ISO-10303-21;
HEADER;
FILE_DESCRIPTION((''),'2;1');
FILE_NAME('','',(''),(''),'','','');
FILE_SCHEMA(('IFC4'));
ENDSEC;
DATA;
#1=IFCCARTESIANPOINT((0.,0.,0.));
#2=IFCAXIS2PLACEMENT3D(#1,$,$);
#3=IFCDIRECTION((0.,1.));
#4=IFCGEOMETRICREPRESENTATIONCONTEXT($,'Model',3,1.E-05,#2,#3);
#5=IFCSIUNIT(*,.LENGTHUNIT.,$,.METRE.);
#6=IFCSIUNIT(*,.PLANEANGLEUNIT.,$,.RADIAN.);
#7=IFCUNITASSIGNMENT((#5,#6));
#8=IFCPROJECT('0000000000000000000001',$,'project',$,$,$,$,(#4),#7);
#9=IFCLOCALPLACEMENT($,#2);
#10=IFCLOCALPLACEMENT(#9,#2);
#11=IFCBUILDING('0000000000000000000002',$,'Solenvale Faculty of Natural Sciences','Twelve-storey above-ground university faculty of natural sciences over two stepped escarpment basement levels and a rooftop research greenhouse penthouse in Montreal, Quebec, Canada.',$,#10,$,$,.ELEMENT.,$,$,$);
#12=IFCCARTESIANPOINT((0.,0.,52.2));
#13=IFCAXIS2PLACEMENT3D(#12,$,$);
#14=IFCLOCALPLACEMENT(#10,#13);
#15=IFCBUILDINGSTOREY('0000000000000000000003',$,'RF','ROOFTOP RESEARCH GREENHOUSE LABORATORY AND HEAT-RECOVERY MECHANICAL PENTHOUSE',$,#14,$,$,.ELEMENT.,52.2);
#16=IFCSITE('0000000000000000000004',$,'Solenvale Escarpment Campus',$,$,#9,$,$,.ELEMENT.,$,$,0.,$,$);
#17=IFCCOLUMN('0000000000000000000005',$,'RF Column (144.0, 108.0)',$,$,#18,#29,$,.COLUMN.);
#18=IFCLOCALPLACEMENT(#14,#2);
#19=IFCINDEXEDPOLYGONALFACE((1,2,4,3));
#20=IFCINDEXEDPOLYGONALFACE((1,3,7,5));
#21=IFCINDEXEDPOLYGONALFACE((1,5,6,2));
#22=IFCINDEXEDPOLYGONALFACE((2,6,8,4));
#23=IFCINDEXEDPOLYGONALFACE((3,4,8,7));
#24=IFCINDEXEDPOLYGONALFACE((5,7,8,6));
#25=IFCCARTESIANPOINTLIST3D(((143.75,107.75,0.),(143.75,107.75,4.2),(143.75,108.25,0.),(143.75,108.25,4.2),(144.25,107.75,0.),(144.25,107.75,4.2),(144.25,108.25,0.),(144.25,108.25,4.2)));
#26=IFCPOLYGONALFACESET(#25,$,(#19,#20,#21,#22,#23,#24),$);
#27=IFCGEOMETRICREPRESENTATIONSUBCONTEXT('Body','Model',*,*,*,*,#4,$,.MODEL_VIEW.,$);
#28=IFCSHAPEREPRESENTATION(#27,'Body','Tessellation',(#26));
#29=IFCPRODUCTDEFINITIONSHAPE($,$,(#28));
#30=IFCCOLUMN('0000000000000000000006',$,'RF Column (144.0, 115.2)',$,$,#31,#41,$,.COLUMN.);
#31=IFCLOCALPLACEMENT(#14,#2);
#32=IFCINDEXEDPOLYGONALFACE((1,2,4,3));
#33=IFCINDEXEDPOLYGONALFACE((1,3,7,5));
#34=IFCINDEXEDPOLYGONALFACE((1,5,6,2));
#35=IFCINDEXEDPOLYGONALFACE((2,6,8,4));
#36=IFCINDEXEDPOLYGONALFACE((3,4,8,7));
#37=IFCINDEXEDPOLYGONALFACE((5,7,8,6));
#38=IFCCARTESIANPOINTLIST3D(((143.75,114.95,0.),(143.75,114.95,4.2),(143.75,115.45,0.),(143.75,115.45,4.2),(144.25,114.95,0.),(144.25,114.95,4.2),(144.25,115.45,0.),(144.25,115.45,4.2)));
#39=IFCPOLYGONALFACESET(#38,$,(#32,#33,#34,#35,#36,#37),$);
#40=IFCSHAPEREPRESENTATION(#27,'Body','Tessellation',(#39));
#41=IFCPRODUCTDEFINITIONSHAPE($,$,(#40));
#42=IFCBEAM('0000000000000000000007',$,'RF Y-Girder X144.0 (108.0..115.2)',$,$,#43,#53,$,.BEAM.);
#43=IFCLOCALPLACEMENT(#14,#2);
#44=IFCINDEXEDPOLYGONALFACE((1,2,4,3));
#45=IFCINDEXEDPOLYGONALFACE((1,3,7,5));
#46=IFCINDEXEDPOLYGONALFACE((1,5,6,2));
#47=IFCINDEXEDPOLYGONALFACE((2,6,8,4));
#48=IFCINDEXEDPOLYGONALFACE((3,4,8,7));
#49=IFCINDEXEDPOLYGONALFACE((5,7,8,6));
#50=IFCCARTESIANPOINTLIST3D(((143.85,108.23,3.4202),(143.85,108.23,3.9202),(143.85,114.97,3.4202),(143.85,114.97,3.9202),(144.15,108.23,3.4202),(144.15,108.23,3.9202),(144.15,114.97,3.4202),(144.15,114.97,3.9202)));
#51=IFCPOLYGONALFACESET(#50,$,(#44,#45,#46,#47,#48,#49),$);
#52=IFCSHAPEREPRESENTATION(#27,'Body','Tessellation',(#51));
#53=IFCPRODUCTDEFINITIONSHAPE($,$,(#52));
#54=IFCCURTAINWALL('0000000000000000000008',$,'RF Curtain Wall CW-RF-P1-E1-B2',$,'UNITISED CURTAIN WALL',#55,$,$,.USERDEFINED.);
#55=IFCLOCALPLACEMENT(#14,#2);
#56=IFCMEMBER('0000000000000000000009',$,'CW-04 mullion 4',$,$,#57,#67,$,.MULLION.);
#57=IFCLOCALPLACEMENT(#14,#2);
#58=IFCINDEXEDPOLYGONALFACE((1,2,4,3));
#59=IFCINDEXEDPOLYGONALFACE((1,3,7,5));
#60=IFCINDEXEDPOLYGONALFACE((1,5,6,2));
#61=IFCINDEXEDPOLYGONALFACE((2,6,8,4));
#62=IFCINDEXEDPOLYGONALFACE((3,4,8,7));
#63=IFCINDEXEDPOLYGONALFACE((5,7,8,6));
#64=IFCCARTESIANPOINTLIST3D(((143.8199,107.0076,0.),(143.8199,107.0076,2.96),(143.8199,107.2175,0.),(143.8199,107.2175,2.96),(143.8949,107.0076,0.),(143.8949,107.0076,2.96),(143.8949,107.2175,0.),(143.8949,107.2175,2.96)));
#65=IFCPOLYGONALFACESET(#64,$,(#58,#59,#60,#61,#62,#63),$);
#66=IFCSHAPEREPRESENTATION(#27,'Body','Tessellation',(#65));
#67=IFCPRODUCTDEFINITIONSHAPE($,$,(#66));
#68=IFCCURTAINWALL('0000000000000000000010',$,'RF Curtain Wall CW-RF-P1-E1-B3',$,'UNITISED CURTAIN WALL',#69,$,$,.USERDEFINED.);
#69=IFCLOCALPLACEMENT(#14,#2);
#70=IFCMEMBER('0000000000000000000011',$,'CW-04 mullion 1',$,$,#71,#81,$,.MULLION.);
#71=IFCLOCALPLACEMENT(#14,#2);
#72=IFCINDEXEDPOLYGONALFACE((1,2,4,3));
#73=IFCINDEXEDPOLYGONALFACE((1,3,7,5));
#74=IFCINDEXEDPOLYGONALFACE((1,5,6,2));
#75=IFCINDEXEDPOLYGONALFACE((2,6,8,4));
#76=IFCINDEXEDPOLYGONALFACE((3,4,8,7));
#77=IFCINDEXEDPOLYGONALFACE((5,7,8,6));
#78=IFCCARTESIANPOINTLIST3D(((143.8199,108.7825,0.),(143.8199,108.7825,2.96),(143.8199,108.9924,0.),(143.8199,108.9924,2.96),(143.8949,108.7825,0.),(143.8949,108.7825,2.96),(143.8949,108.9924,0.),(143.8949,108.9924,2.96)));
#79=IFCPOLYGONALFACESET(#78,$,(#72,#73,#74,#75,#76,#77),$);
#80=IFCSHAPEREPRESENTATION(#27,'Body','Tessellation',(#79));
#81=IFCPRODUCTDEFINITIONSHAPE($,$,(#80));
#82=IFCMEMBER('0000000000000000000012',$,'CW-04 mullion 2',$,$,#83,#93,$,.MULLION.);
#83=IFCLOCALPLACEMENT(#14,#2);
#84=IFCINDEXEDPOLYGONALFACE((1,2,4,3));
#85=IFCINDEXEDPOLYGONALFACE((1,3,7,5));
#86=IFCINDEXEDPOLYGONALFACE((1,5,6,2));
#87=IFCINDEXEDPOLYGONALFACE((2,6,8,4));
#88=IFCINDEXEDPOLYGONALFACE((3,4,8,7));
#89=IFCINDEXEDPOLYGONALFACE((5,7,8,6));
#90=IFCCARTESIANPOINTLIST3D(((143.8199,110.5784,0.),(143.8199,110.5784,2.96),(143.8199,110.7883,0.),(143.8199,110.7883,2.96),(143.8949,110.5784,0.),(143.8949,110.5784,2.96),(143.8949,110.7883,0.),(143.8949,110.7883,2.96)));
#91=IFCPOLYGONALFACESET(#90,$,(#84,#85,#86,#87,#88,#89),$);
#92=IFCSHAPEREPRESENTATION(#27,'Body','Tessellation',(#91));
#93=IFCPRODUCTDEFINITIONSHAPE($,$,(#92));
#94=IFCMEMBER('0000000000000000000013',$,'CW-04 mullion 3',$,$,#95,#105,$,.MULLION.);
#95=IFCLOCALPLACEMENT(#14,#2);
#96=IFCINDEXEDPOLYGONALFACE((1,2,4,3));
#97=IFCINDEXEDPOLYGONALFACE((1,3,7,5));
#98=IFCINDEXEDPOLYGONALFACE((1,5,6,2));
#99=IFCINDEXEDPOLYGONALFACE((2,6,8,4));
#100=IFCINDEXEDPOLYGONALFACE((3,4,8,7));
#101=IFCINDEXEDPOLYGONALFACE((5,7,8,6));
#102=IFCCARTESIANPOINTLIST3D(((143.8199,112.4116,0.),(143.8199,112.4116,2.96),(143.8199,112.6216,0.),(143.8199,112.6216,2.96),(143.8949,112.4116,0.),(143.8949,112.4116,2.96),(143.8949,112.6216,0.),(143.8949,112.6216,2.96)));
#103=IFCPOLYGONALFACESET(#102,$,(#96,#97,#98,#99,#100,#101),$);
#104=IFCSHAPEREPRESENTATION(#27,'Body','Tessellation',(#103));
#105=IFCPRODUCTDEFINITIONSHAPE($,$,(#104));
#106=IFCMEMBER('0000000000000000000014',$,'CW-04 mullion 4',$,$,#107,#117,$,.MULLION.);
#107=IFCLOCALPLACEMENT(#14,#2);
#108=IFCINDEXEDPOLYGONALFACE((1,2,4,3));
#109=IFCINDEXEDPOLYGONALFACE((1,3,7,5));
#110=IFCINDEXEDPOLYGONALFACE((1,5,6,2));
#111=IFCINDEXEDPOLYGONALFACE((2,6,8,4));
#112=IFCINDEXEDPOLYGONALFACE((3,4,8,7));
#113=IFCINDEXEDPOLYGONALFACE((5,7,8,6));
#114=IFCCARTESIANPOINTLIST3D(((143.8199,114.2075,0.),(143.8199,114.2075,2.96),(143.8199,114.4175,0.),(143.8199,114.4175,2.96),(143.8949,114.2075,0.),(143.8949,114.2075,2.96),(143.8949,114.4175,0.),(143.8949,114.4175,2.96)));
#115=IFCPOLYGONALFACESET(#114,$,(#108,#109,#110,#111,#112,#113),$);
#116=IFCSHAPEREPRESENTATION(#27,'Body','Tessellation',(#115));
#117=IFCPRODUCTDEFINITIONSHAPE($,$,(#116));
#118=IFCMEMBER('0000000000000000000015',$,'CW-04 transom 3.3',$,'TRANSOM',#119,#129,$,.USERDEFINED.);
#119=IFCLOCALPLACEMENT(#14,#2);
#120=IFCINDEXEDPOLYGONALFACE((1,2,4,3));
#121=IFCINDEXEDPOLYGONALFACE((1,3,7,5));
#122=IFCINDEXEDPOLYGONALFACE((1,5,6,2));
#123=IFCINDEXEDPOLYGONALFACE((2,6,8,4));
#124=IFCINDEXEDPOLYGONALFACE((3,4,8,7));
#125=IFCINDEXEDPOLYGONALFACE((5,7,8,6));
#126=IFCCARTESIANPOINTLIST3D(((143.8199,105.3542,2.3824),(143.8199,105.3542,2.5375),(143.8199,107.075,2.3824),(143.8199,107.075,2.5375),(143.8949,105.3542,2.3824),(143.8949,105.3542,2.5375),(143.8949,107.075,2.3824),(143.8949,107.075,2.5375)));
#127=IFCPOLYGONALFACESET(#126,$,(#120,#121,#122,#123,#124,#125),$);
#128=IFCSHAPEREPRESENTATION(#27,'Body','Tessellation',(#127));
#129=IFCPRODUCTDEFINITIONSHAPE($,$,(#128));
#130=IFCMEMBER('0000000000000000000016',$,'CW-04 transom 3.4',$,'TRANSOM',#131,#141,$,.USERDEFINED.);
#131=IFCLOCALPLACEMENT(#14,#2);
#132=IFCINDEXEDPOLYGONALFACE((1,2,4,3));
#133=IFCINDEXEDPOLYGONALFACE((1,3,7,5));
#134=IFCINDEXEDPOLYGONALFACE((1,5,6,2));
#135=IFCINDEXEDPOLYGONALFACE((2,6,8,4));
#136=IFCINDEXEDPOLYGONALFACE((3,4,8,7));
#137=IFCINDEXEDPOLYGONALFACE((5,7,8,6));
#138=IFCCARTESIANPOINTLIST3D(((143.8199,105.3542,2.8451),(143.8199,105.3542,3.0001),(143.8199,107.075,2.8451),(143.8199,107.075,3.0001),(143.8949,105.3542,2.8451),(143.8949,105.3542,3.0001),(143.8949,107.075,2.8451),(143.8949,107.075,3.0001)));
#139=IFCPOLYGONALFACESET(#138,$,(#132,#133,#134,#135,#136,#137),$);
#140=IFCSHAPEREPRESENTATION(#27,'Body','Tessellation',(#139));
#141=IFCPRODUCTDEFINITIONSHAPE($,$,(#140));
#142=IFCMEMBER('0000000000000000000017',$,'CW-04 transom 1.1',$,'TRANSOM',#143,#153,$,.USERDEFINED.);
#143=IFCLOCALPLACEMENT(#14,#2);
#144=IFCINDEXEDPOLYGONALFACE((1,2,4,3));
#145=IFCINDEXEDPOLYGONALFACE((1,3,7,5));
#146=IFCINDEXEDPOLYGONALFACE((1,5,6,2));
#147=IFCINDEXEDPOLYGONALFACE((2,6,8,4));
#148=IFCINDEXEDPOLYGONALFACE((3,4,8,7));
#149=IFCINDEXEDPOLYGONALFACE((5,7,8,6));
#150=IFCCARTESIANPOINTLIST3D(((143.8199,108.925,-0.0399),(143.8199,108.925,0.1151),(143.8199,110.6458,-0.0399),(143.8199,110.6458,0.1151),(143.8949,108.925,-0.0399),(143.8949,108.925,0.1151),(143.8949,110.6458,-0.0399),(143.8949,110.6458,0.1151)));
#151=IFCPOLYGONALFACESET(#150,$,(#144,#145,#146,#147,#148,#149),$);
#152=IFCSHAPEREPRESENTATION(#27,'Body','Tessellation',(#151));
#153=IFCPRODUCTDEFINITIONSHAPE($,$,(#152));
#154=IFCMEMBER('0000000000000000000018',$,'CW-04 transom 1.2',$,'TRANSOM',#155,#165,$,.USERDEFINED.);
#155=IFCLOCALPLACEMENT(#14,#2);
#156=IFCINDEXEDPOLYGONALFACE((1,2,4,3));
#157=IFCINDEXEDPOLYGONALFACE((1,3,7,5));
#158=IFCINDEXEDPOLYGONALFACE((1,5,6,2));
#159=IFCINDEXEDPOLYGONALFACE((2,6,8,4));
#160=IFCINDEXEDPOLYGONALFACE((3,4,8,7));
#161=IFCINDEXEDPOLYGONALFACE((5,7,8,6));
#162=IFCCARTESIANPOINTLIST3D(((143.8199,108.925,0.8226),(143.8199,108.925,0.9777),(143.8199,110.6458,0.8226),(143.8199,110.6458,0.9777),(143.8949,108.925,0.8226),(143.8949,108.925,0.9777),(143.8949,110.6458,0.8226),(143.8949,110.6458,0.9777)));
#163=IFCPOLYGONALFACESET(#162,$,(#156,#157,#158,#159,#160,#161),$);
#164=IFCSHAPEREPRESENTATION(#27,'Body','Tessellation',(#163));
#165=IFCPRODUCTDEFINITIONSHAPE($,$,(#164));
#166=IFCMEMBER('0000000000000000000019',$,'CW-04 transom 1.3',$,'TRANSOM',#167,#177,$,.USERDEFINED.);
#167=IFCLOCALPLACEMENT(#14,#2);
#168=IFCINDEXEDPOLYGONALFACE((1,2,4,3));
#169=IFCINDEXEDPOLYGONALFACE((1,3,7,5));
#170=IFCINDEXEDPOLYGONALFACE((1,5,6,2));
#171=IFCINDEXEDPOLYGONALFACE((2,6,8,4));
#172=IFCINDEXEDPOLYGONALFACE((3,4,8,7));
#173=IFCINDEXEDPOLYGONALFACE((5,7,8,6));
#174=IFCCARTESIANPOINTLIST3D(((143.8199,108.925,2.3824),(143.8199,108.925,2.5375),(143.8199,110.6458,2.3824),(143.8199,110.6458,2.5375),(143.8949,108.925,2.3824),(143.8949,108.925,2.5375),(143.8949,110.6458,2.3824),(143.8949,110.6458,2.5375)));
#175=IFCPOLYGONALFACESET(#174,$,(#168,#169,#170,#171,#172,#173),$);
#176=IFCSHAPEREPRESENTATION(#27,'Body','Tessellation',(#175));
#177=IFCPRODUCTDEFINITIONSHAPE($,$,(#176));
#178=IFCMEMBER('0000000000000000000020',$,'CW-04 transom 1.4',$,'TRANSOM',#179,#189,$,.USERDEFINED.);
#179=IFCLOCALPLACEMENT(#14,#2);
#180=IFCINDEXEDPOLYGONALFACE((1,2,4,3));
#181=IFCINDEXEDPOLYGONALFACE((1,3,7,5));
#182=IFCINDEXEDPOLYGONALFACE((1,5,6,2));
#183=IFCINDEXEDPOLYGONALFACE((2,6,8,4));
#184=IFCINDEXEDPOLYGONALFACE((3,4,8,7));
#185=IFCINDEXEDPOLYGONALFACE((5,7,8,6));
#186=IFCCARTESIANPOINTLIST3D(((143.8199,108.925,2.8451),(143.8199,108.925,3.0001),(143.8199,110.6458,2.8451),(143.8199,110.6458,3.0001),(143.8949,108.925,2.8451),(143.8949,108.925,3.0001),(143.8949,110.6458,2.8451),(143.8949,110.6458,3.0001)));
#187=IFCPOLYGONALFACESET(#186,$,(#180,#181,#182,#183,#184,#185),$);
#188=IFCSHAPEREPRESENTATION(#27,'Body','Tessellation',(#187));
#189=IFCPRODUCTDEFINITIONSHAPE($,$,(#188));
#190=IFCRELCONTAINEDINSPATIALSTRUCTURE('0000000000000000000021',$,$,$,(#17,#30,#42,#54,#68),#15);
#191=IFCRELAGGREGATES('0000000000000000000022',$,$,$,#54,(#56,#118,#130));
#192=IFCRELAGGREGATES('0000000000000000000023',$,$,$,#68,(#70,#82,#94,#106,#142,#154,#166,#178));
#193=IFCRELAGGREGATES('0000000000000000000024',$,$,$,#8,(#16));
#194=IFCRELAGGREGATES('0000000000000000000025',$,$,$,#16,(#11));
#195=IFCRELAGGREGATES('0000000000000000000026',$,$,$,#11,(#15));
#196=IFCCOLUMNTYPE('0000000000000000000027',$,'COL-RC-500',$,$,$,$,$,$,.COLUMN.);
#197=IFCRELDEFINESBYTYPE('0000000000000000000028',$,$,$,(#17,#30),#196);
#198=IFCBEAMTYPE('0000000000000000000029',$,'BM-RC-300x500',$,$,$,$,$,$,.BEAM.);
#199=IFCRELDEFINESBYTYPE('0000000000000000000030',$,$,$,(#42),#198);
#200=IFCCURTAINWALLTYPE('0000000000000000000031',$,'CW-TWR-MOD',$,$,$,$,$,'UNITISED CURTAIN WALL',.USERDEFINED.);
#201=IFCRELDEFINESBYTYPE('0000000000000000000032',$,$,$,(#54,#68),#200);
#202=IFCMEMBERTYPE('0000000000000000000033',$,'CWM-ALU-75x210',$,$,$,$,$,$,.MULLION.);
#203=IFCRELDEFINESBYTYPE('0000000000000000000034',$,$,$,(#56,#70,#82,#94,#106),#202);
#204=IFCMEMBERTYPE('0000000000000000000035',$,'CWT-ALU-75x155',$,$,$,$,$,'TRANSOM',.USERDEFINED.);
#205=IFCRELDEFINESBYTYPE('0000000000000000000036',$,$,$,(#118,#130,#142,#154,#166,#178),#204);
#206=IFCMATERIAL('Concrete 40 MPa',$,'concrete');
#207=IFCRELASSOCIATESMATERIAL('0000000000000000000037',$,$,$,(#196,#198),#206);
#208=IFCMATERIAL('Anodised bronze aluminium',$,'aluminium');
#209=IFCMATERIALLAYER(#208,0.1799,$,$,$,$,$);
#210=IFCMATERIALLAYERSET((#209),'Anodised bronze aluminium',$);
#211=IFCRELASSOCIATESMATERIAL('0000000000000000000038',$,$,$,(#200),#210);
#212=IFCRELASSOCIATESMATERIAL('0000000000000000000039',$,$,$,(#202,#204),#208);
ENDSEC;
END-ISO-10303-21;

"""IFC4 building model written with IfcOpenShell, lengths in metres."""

from ifc_helpers import new_model, si_unit, direction, frame, origin, origin_2d, place, context, subcontext, project, spatial, rectangle, extrude, material, layer, layer_set, material_profile, profile_set, type_object, element, aggregate, save


model = new_model("IFC4")

# Units and contexts
model_context = context("Model", 3, precision=1e-05, world=origin(), true_north=direction((0.0, 1.0)))
body_context = subcontext(model_context, "Body", "Model", "MODEL_VIEW")
ifc_project = project(units=[si_unit("LENGTHUNIT", "METRE"), si_unit("PLANEANGLEUNIT", "RADIAN")], contexts=[model_context])

# Site, building, storey
site_placement = place(None, origin())
site = spatial("IfcSite", under=ifc_project, at=site_placement, Name="Solenvale Escarpment Campus", CompositionType="ELEMENT", RefElevation=0.0)
building_placement = place(site_placement, origin())
building = spatial("IfcBuilding", under=site, at=building_placement, Name="Solenvale Faculty of Natural Sciences", Description="Twelve-storey above-ground university faculty of natural sciences over two stepped escarpment basement levels and a rooftop research greenhouse penthouse in Montreal, Quebec, Canada.", CompositionType="ELEMENT")
storey_placement = place(building_placement, frame((0.0, 0.0, 52.2)))
storey = spatial("IfcBuildingStorey", under=building, at=storey_placement, Name="RF", Description="ROOFTOP RESEARCH GREENHOUSE LABORATORY AND HEAT-RECOVERY MECHANICAL PENTHOUSE", CompositionType="ELEMENT", Elevation=52.2)

# Columns
ifc_material_1 = material(Name="Concrete 40 MPa", Category="concrete")
ifc_material_profile_1 = material_profile(ifc_material_1, rectangle(XDim=0.5, YDim=0.5, at=origin_2d()), Name="RC-COL-500x500")
ifc_profile_set_1 = profile_set([ifc_material_profile_1], Name="Concrete 40 MPa")
column_type = type_object("IfcColumnType", Name="COL-RC-500", PredefinedType="COLUMN", material=ifc_profile_set_1)
for number, where, z_axis, x_axis, name in (
    (1, (144.0, 108.0, 0.0), (0.0, 0.0, 1.0), (1.0, 0.0, 0.0), "RF Column (144.0, 108.0)"),
    (2, (144.0, 115.2, 0.0), (0.0, 0.0, 1.0), (1.0, 0.0, 0.0), "RF Column (144.0, 115.2)"),
):
    element("IfcColumn", number, at=place(storey_placement, frame(where, z_axis=z_axis, x_axis=x_axis)), inside=storey, type_object=column_type, Name=name, PredefinedType="COLUMN", context=body_context, shape_type="SweptSolid", body=[
        extrude(rectangle(XDim=0.5, YDim=0.5, at=origin_2d()), origin(), (0.0, 0.0, 1.0), 4.2),
    ])

# Beam
ifc_material_profile_2 = material_profile(ifc_material_1, rectangle(XDim=0.3, YDim=0.5, at=origin_2d()), Name="RC-BM-300x500")
ifc_profile_set_2 = profile_set([ifc_material_profile_2], Name="Concrete 40 MPa")
beam_type = type_object("IfcBeamType", Name="BM-RC-300x500", PredefinedType="BEAM", material=ifc_profile_set_2)
beam_placement = place(storey_placement, frame((144.0, 108.23, 3.6702), z_axis=(0.0, 1.0, 0.0), x_axis=(-1.0, 0.0, 0.0)))
element("IfcBeam", 3, at=beam_placement, inside=storey, type_object=beam_type, Name="RF Y-Girder X144.0 (108.0..115.2)", PredefinedType="BEAM", context=body_context, shape_type="SweptSolid", body=[
    extrude(rectangle(XDim=0.3, YDim=0.5, at=origin_2d()), origin(), (0.0, 0.0, 1.0), 6.74),
])

# Curtain wall, member
ifc_material_2 = material(Name="Anodised bronze aluminium", Category="aluminium")
ifc_layer_1 = layer(ifc_material_2, 0.1799)
ifc_layer_set_1 = layer_set([ifc_layer_1], Name="Anodised bronze aluminium")
curtain_wall_type = type_object("IfcCurtainWallType", Name="CW-TWR-MOD", ElementType="UNITISED CURTAIN WALL", PredefinedType="USERDEFINED", material=ifc_layer_set_1)
curtain_wall_1_placement = place(storey_placement, origin())
curtain_wall_1 = element("IfcCurtainWall", 4, at=curtain_wall_1_placement, inside=storey, type_object=curtain_wall_type, Name="RF Curtain Wall CW-RF-P1-E1-B2", ObjectType="UNITISED CURTAIN WALL", PredefinedType="USERDEFINED")
ifc_material_profile_3 = material_profile(ifc_material_2, rectangle(XDim=0.075, YDim=0.21, at=origin_2d()), Name="ALU-MUL-75x210")
ifc_profile_set_3 = profile_set([ifc_material_profile_3], Name="Anodised bronze aluminium")
member_type_1 = type_object("IfcMemberType", Name="CWM-ALU-75x210", PredefinedType="MULLION", material=ifc_profile_set_3)
member_1_placement = place(storey_placement, frame((143.8574, 107.1125, 0.0), z_axis=(0.0, 0.0, 1.0), x_axis=(-1.0, 0.0, 0.0)))
member_1 = element("IfcMember", 5, at=member_1_placement, type_object=member_type_1, Name="CW-04 mullion 4", PredefinedType="MULLION", context=body_context, shape_type="SweptSolid", body=[
    extrude(rectangle(XDim=0.075, YDim=0.21, at=origin_2d()), origin(), (0.0, 0.0, 1.0), 2.96),
])

# Curtain wall, members
curtain_wall_2_placement = place(storey_placement, origin())
curtain_wall_2 = element("IfcCurtainWall", 6, at=curtain_wall_2_placement, inside=storey, type_object=curtain_wall_type, Name="RF Curtain Wall CW-RF-P1-E1-B3", ObjectType="UNITISED CURTAIN WALL", PredefinedType="USERDEFINED")
member_2_placement = place(storey_placement, frame((143.8574, 108.8875, 0.0), z_axis=(0.0, 0.0, 1.0), x_axis=(-1.0, 0.0, 0.0)))
member_2 = element("IfcMember", 7, at=member_2_placement, type_object=member_type_1, Name="CW-04 mullion 1", PredefinedType="MULLION", context=body_context, shape_type="SweptSolid", body=[
    extrude(rectangle(XDim=0.075, YDim=0.21, at=origin_2d()), origin(), (0.0, 0.0, 1.0), 2.96),
])
member_3_placement = place(storey_placement, frame((143.8574, 110.6833, 0.0), z_axis=(0.0, 0.0, 1.0), x_axis=(-1.0, 0.0, 0.0)))
member_3 = element("IfcMember", 8, at=member_3_placement, type_object=member_type_1, Name="CW-04 mullion 2", PredefinedType="MULLION", context=body_context, shape_type="SweptSolid", body=[
    extrude(rectangle(XDim=0.075, YDim=0.21, at=origin_2d()), origin(), (0.0, 0.0, 1.0), 2.96),
])
member_4_placement = place(storey_placement, frame((143.8574, 112.5166, 0.0), z_axis=(0.0, 0.0, 1.0), x_axis=(-1.0, 0.0, 0.0)))
member_4 = element("IfcMember", 9, at=member_4_placement, type_object=member_type_1, Name="CW-04 mullion 3", PredefinedType="MULLION", context=body_context, shape_type="SweptSolid", body=[
    extrude(rectangle(XDim=0.075, YDim=0.21, at=origin_2d()), origin(), (0.0, 0.0, 1.0), 2.96),
])
member_5_placement = place(storey_placement, frame((143.8574, 114.3125, 0.0), z_axis=(0.0, 0.0, 1.0), x_axis=(-1.0, 0.0, 0.0)))
member_5 = element("IfcMember", 10, at=member_5_placement, type_object=member_type_1, Name="CW-04 mullion 4", PredefinedType="MULLION", context=body_context, shape_type="SweptSolid", body=[
    extrude(rectangle(XDim=0.075, YDim=0.21, at=origin_2d()), origin(), (0.0, 0.0, 1.0), 2.96),
])

# Members
ifc_material_profile_4 = material_profile(ifc_material_2, rectangle(XDim=0.075, YDim=0.155, at=origin_2d()), Name="ALU-TRN-75x155")
ifc_profile_set_4 = profile_set([ifc_material_profile_4], Name="Anodised bronze aluminium")
member_type_2 = type_object("IfcMemberType", Name="CWT-ALU-75x155", ElementType="TRANSOM", PredefinedType="USERDEFINED", material=ifc_profile_set_4)
member_6_placement = place(storey_placement, frame((143.8574, 105.3542, 2.46), z_axis=(0.0, 1.0, 0.0), x_axis=(-1.0, 0.0, 0.0)))
member_6 = element("IfcMember", 11, at=member_6_placement, type_object=member_type_2, Name="CW-04 transom 3.3", ObjectType="TRANSOM", PredefinedType="USERDEFINED", context=body_context, shape_type="SweptSolid", body=[
    extrude(rectangle(XDim=0.075, YDim=0.155, at=origin_2d()), origin(), (0.0, 0.0, 1.0), 1.7207),
])
member_7_placement = place(storey_placement, frame((143.8574, 105.3542, 2.9226), z_axis=(0.0, 1.0, 0.0), x_axis=(-1.0, 0.0, 0.0)))
member_7 = element("IfcMember", 12, at=member_7_placement, type_object=member_type_2, Name="CW-04 transom 3.4", ObjectType="TRANSOM", PredefinedType="USERDEFINED", context=body_context, shape_type="SweptSolid", body=[
    extrude(rectangle(XDim=0.075, YDim=0.155, at=origin_2d()), origin(), (0.0, 0.0, 1.0), 1.7207),
])
member_8_placement = place(storey_placement, frame((143.8574, 108.925, 0.0376), z_axis=(0.0, 1.0, 0.0), x_axis=(-1.0, 0.0, 0.0)))
member_8 = element("IfcMember", 13, at=member_8_placement, type_object=member_type_2, Name="CW-04 transom 1.1", ObjectType="TRANSOM", PredefinedType="USERDEFINED", context=body_context, shape_type="SweptSolid", body=[
    extrude(rectangle(XDim=0.075, YDim=0.155, at=origin_2d()), origin(), (0.0, 0.0, 1.0), 1.7207),
])
member_9_placement = place(storey_placement, frame((143.8574, 108.925, 0.9001), z_axis=(0.0, 1.0, 0.0), x_axis=(-1.0, 0.0, 0.0)))
member_9 = element("IfcMember", 14, at=member_9_placement, type_object=member_type_2, Name="CW-04 transom 1.2", ObjectType="TRANSOM", PredefinedType="USERDEFINED", context=body_context, shape_type="SweptSolid", body=[
    extrude(rectangle(XDim=0.075, YDim=0.155, at=origin_2d()), origin(), (0.0, 0.0, 1.0), 1.7207),
])
member_10_placement = place(storey_placement, frame((143.8574, 108.925, 2.46), z_axis=(0.0, 1.0, 0.0), x_axis=(-1.0, 0.0, 0.0)))
member_10 = element("IfcMember", 15, at=member_10_placement, type_object=member_type_2, Name="CW-04 transom 1.3", ObjectType="TRANSOM", PredefinedType="USERDEFINED", context=body_context, shape_type="SweptSolid", body=[
    extrude(rectangle(XDim=0.075, YDim=0.155, at=origin_2d()), origin(), (0.0, 0.0, 1.0), 1.7207),
])
member_11_placement = place(storey_placement, frame((143.8574, 108.925, 2.9226), z_axis=(0.0, 1.0, 0.0), x_axis=(-1.0, 0.0, 0.0)))
member_11 = element("IfcMember", 16, at=member_11_placement, type_object=member_type_2, Name="CW-04 transom 1.4", ObjectType="TRANSOM", PredefinedType="USERDEFINED", context=body_context, shape_type="SweptSolid", body=[
    extrude(rectangle(XDim=0.075, YDim=0.155, at=origin_2d()), origin(), (0.0, 0.0, 1.0), 1.7207),
])

aggregate(curtain_wall_1, [member_1, member_6, member_7])
aggregate(curtain_wall_2, [member_2, member_3, member_4, member_5, member_8, member_9, member_10, member_11])

save(model, "model.ifc")
